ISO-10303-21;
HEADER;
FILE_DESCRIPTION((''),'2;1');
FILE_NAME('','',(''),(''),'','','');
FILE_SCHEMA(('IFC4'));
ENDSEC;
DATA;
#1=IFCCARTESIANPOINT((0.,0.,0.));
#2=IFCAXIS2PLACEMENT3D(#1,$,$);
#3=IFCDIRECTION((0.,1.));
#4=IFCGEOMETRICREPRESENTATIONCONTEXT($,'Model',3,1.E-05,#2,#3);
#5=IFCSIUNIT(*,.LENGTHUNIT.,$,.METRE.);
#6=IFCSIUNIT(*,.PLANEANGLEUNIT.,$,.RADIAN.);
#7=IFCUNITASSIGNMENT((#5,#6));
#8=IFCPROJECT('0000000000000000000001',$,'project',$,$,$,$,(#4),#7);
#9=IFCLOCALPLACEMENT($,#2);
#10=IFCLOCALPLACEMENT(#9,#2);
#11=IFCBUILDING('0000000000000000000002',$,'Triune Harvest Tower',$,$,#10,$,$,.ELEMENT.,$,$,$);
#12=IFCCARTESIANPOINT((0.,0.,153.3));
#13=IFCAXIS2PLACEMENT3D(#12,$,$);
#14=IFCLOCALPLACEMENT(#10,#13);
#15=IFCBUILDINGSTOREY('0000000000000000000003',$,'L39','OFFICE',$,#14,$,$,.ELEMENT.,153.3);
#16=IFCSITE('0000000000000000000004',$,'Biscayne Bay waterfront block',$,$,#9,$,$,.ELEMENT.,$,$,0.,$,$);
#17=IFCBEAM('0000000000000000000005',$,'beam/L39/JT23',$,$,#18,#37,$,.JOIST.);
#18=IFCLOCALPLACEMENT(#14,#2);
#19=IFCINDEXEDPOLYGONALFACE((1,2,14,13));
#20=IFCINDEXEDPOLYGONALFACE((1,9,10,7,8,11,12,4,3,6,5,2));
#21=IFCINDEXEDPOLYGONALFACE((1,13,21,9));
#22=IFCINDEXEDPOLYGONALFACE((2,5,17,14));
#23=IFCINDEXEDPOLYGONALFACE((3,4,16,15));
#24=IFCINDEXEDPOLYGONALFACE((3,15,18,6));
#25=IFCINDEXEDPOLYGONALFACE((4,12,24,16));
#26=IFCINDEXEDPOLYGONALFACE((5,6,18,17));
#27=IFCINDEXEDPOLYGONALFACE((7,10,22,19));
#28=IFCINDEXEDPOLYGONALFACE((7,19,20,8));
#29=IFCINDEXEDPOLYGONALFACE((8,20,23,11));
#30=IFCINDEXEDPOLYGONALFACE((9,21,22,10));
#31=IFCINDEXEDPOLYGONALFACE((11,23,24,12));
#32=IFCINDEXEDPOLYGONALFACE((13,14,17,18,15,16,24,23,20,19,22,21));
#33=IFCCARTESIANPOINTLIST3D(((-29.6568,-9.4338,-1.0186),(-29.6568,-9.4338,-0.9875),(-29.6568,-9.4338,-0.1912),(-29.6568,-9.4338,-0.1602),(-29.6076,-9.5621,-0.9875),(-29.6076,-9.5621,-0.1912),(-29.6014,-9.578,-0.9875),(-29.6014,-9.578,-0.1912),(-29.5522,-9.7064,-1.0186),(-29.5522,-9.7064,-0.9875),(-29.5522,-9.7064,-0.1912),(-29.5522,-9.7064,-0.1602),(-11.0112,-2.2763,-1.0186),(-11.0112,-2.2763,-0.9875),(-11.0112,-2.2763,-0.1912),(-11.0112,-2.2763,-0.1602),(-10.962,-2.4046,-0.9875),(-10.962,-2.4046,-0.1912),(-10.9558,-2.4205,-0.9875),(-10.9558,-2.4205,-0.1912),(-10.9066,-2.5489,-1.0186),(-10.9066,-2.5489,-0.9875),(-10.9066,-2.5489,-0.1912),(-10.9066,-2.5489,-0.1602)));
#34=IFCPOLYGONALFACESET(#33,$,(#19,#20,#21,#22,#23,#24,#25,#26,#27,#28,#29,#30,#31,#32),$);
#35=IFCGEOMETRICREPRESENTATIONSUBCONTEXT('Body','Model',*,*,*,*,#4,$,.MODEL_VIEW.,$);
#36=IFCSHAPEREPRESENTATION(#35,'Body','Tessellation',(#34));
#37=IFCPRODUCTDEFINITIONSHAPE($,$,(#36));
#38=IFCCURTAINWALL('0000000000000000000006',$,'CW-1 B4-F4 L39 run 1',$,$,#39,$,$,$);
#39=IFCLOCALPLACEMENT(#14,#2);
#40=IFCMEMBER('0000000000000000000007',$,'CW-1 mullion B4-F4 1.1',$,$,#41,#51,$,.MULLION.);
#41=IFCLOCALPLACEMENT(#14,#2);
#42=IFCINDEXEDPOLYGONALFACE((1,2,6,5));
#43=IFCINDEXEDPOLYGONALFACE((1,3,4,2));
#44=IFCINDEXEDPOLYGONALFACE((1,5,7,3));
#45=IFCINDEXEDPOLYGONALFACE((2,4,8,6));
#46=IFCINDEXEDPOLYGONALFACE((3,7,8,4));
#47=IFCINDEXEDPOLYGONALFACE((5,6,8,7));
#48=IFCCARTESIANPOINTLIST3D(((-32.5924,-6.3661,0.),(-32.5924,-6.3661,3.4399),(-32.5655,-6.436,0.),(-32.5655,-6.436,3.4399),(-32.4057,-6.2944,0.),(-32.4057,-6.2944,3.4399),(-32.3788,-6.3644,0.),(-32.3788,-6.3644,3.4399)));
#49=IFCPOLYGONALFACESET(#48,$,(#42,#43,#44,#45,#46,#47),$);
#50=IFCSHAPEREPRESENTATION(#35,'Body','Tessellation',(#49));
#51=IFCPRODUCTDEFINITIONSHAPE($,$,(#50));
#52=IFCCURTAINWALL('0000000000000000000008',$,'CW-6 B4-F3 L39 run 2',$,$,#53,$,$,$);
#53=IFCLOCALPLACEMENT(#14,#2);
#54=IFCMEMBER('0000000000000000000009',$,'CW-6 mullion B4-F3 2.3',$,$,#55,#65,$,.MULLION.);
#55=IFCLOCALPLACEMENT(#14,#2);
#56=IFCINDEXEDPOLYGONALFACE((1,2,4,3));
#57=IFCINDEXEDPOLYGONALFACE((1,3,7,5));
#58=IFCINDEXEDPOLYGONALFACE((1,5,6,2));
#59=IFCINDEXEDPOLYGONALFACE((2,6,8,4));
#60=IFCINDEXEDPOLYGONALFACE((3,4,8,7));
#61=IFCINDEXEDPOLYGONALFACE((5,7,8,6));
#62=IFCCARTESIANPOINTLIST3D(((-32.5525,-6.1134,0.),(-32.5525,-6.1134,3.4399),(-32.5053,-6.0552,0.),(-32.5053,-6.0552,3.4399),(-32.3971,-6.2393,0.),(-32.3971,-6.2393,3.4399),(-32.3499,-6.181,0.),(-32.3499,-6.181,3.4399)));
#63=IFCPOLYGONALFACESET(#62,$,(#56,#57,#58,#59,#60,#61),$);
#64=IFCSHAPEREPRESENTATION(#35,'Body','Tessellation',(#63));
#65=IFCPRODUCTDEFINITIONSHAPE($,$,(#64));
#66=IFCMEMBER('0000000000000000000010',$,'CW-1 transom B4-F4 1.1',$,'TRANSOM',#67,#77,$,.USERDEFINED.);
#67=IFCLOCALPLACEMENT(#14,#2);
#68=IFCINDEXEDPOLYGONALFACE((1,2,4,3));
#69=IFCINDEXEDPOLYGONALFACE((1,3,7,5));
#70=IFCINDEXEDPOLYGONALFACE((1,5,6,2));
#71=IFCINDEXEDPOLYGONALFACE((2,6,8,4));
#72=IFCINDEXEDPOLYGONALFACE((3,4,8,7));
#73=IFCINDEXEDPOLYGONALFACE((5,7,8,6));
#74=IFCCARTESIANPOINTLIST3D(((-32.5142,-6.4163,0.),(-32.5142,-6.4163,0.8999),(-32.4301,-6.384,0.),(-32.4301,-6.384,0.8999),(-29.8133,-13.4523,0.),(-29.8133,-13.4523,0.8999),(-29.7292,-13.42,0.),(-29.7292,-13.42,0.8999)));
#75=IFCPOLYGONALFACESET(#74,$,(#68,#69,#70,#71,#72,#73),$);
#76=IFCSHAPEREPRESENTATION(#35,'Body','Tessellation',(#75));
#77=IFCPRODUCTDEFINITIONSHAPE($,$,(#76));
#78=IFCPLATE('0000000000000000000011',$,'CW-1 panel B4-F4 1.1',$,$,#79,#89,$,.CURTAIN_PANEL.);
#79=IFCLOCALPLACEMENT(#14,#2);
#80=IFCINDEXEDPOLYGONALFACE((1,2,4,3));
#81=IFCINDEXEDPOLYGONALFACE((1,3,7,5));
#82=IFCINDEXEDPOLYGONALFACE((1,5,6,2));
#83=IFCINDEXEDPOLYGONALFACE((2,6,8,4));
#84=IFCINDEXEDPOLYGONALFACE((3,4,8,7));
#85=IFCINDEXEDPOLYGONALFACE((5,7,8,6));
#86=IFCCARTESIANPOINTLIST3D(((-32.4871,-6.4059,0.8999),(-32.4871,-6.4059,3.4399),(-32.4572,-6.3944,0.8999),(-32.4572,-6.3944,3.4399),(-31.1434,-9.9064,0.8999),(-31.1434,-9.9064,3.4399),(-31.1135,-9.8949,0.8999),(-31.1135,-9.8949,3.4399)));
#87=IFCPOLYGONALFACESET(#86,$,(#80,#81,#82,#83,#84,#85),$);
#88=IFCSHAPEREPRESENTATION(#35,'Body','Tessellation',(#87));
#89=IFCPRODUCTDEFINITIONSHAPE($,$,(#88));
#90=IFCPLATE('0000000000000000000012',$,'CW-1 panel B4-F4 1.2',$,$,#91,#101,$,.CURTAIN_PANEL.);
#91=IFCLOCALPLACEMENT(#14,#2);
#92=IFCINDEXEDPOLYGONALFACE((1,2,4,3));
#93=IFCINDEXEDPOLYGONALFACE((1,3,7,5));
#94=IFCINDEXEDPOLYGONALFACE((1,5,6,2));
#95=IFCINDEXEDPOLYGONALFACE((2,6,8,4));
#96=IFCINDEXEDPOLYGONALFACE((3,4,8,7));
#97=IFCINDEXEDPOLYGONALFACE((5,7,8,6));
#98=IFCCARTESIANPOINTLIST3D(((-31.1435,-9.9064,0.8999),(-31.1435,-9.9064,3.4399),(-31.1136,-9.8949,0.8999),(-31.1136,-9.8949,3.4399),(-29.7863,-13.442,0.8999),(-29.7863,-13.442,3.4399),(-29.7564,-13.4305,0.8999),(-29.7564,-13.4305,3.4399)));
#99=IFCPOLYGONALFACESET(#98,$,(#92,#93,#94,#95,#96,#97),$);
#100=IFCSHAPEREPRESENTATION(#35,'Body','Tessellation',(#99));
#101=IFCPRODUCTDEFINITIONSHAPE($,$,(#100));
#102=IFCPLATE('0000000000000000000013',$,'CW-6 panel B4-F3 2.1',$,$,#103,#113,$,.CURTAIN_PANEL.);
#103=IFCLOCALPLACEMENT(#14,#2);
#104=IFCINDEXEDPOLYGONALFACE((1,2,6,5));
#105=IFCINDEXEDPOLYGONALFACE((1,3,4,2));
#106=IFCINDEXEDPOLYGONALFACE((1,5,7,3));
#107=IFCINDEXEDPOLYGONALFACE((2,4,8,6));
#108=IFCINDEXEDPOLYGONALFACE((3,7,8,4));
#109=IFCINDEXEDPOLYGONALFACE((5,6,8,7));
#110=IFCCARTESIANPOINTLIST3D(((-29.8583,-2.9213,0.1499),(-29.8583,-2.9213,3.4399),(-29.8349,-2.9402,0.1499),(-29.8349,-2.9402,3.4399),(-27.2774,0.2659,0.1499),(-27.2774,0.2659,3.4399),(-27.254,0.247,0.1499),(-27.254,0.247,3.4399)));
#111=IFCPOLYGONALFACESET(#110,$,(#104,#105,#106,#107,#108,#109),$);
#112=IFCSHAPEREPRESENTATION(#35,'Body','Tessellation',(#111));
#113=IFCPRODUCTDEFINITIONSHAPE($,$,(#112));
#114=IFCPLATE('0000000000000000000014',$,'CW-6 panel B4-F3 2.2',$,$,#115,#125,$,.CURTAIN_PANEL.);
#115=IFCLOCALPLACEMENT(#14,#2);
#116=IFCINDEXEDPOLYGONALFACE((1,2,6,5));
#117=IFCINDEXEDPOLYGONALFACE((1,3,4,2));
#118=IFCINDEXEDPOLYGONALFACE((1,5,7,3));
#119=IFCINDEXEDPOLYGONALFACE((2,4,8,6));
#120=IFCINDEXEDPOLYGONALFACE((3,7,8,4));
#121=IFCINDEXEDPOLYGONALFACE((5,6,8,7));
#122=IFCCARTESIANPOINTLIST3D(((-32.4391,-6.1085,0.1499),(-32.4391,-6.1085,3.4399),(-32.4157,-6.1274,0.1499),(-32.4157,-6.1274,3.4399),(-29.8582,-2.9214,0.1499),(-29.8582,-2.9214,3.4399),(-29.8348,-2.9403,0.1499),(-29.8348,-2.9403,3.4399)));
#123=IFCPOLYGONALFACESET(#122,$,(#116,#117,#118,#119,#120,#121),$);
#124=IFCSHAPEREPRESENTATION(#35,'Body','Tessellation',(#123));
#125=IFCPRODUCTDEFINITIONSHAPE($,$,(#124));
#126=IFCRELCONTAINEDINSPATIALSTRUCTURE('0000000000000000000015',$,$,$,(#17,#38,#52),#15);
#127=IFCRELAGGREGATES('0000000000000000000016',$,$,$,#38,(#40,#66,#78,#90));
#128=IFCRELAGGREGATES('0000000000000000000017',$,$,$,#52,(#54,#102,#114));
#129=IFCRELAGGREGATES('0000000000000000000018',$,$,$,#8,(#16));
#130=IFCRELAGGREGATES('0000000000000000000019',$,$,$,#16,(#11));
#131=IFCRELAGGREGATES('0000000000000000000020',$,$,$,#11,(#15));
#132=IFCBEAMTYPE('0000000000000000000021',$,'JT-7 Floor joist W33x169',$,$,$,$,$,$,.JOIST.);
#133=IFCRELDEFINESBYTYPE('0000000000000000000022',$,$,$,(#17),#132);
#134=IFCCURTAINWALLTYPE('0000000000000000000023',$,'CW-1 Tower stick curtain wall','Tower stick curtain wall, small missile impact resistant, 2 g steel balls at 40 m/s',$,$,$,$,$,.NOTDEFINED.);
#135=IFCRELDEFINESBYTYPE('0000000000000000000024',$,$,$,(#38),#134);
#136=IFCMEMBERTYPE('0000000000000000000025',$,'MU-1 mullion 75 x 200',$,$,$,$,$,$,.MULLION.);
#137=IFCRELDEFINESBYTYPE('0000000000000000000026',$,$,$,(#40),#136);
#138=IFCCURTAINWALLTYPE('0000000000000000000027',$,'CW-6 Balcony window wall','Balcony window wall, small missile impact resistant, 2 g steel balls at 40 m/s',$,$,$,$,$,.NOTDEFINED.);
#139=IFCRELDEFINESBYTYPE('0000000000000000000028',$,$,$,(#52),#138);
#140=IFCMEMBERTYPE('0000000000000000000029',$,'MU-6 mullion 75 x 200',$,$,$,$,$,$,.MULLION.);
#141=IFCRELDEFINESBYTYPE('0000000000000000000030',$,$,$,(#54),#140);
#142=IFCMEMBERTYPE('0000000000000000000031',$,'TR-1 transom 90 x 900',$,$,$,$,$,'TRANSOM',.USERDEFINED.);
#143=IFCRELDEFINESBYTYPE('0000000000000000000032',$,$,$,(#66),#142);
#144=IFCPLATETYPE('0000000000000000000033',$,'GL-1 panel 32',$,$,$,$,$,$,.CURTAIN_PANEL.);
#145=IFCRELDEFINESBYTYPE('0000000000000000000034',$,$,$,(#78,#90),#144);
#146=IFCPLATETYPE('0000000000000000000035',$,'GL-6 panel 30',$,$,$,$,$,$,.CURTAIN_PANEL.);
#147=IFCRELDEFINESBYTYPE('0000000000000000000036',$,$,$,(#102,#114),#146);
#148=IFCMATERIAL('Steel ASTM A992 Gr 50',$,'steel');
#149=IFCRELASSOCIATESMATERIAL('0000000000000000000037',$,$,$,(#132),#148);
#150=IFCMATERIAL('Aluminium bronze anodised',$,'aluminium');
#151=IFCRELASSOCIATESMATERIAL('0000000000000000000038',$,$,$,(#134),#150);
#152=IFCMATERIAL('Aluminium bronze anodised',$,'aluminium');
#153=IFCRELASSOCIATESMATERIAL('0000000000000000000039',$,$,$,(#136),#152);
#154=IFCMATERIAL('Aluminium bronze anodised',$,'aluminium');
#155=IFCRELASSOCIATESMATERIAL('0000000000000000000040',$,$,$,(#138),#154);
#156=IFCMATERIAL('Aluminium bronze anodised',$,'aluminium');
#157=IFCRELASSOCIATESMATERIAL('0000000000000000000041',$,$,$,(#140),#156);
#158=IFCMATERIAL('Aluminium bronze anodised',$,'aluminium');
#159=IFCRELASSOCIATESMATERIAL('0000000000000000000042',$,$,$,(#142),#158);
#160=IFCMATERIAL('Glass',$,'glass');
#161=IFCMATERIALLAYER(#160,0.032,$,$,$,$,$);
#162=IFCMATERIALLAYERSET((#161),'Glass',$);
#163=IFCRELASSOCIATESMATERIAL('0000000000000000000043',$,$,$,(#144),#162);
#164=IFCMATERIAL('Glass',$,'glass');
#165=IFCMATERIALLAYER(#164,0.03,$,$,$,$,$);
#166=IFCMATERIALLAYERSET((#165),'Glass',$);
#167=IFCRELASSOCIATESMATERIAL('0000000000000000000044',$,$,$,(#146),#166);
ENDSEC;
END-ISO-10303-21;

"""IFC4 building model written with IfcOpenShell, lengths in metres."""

from ifc_helpers import new_model, si_unit, direction, frame, origin, origin_2d, place, context, subcontext, project, spatial, rectangle, i_section, extrude, source, transform, mapped, material, layer, layer_set, material_profile, profile_set, type_object, element, aggregate, save


model = new_model("IFC4")

# Units and contexts
model_context = context("Model", 3, precision=1e-05, world=origin(), true_north=direction((0.0, 1.0)))
body_context = subcontext(model_context, "Body", "Model", "MODEL_VIEW")
ifc_project = project(units=[si_unit("LENGTHUNIT", "METRE"), si_unit("PLANEANGLEUNIT", "RADIAN")], contexts=[model_context])

# Site, building, storey
site_placement = place(None, origin())
site = spatial("IfcSite", under=ifc_project, at=site_placement, Name="Biscayne Bay waterfront block", CompositionType="ELEMENT", RefElevation=0.0)
building_placement = place(site_placement, origin())
building = spatial("IfcBuilding", under=site, at=building_placement, Name="Triune Harvest Tower", CompositionType="ELEMENT")
storey_placement = place(building_placement, frame((0.0, 0.0, 153.3)))
storey = spatial("IfcBuildingStorey", under=building, at=storey_placement, Name="L39", Description="OFFICE", CompositionType="ELEMENT", Elevation=153.3)

# Beam
ifc_material_1 = material(Name="Steel ASTM A992 Gr 50", Category="steel")
ifc_material_profile_1 = material_profile(ifc_material_1, i_section(OverallWidth=0.292, OverallDepth=0.8584, WebThickness=0.0171, FlangeThickness=0.031, at=origin_2d()), Name="W33x169")
ifc_profile_set_1 = profile_set([ifc_material_profile_1], Name="Steel ASTM A992 Gr 50")
beam_type_1 = type_object("IfcBeamType", Name="JT-7 Floor joist W33x169", PredefinedType="JOIST", material=ifc_profile_set_1)
shared_shape_1 = source(origin(), body_context, "Body", "SweptSolid", [
    extrude(i_section(OverallWidth=0.292, OverallDepth=0.8584, WebThickness=0.0171, FlangeThickness=0.031, at=origin_2d()), origin(), (0.0, 0.0, 1.0), 19.9722),
])
beam_1_placement = place(storey_placement, frame((-29.6045, -9.5701, -0.5894), z_axis=(0.933578, 0.358374, 0.0), x_axis=(-0.358374, 0.933578, 0.0)))
element("IfcBeam", 1, at=beam_1_placement, inside=storey, type_object=beam_type_1, Name="beam/L39/JT23", PredefinedType="JOIST", context=body_context, shape_type="MappedRepresentation", body=[
    mapped(shared_shape_1, transform((0.0, 0.0, 0.0), scale=1.0)),
])

# Curtain walls, members
ifc_material_2 = material(Name="Aluminium bronze anodised", Category="aluminium")
curtain_wall_type_1 = type_object("IfcCurtainWallType", Name="CW-1 Tower stick curtain wall", Description="Tower stick curtain wall, small missile impact resistant, 2 g steel balls at 40 m/s", PredefinedType="NOTDEFINED", material=ifc_material_2)
curtain_wall_1_placement = place(storey_placement, origin())
curtain_wall_1 = element("IfcCurtainWall", 2, at=curtain_wall_1_placement, inside=storey, type_object=curtain_wall_type_1, Name="CW-1 B4-F4 L39 run 1")
ifc_material_3 = material(Name="Aluminium bronze anodised", Category="aluminium")
ifc_material_profile_2 = material_profile(ifc_material_3, rectangle(XDim=0.2, YDim=0.075, at=origin_2d()), Name="MU-1 mullion 75 x 200")
ifc_profile_set_2 = profile_set([ifc_material_profile_2], Name="Aluminium bronze anodised")
member_type_1 = type_object("IfcMemberType", Name="MU-1 mullion 75 x 200", PredefinedType="MULLION", material=ifc_profile_set_2)
shared_shape_2 = source(origin(), body_context, "Body", "SweptSolid", [
    extrude(rectangle(XDim=0.2, YDim=0.075, at=origin_2d()), origin(), (0.0, 0.0, 1.0), 3.4399),
])
member_1_placement = place(storey_placement, frame((-32.4856, -6.3652, 0.0), z_axis=(0.0, 0.0, 1.0), x_axis=(0.93358, 0.358369, 0.0)))
member_1 = element("IfcMember", 3, at=member_1_placement, type_object=member_type_1, Name="CW-1 mullion B4-F4 1.1", PredefinedType="MULLION", context=body_context, shape_type="MappedRepresentation", body=[
    mapped(shared_shape_2, transform((0.0, 0.0, 0.0), scale=1.0)),
])
ifc_material_4 = material(Name="Aluminium bronze anodised", Category="aluminium")
curtain_wall_type_2 = type_object("IfcCurtainWallType", Name="CW-6 Balcony window wall", Description="Balcony window wall, small missile impact resistant, 2 g steel balls at 40 m/s", PredefinedType="NOTDEFINED", material=ifc_material_4)
curtain_wall_2_placement = place(storey_placement, origin())
curtain_wall_2 = element("IfcCurtainWall", 4, at=curtain_wall_2_placement, inside=storey, type_object=curtain_wall_type_2, Name="CW-6 B4-F3 L39 run 2")
ifc_material_5 = material(Name="Aluminium bronze anodised", Category="aluminium")
ifc_material_profile_3 = material_profile(ifc_material_5, rectangle(XDim=0.2, YDim=0.075, at=origin_2d()), Name="MU-6 mullion 75 x 200")
ifc_profile_set_3 = profile_set([ifc_material_profile_3], Name="Aluminium bronze anodised")
member_type_2 = type_object("IfcMemberType", Name="MU-6 mullion 75 x 200", PredefinedType="MULLION", material=ifc_profile_set_3)
shared_shape_3 = source(origin(), body_context, "Body", "SweptSolid", [
    extrude(rectangle(XDim=0.2, YDim=0.075, at=origin_2d()), origin(), (0.0, 0.0, 1.0), 3.4399),
])
member_2_placement = place(storey_placement, frame((-32.4512, -6.1472, 0.0), z_axis=(0.0, 0.0, 1.0), x_axis=(0.777145, -0.629321, 0.0)))
member_2 = element("IfcMember", 5, at=member_2_placement, type_object=member_type_2, Name="CW-6 mullion B4-F3 2.3", PredefinedType="MULLION", context=body_context, shape_type="MappedRepresentation", body=[
    mapped(shared_shape_3, transform((0.0, 0.0, 0.0), scale=1.0)),
])

# Member
ifc_material_6 = material(Name="Aluminium bronze anodised", Category="aluminium")
ifc_material_profile_4 = material_profile(ifc_material_6, rectangle(XDim=0.0901, YDim=0.8999, at=origin_2d()), Name="TR-1 transom 90 x 900")
ifc_profile_set_4 = profile_set([ifc_material_profile_4], Name="Aluminium bronze anodised")
member_type_3 = type_object("IfcMemberType", Name="TR-1 transom 90 x 900", ElementType="TRANSOM", PredefinedType="USERDEFINED", material=ifc_profile_set_4)
shared_shape_4 = source(origin(), body_context, "Body", "SweptSolid", [
    extrude(rectangle(XDim=0.0901, YDim=0.8999, at=origin_2d()), origin(), (0.0, 0.0, 1.0), 7.5366),
])
member_3_placement = place(storey_placement, frame((-32.4722, -6.4001, 0.45), z_axis=(0.358369, -0.93358, 0.0), x_axis=(0.93358, 0.358369, 0.0)))
member_3 = element("IfcMember", 6, at=member_3_placement, type_object=member_type_3, Name="CW-1 transom B4-F4 1.1", ObjectType="TRANSOM", PredefinedType="USERDEFINED", context=body_context, shape_type="MappedRepresentation", body=[
    mapped(shared_shape_4, transform((0.0, 0.0, 0.0), scale=1.0)),
])

# Plates
ifc_material_7 = material(Name="Glass", Category="glass")
ifc_layer_1 = layer(ifc_material_7, 0.032)
ifc_layer_set_1 = layer_set([ifc_layer_1], Name="Glass")
plate_type_1 = type_object("IfcPlateType", Name="GL-1 panel 32", PredefinedType="CURTAIN_PANEL", material=ifc_layer_set_1)
shared_shape_5 = source(origin(), body_context, "Body", "SweptSolid", [
    extrude(rectangle(XDim=3.7495, YDim=0.032, at=origin_2d()), origin(), (0.0, 0.0, 1.0), 2.54),
])
plate_1_placement = place(storey_placement, frame((-31.8003, -8.1504, 0.8999), z_axis=(0.0, 0.0, 1.0), x_axis=(0.358369, -0.93358, 0.0)))
plate_1 = element("IfcPlate", 7, at=plate_1_placement, type_object=plate_type_1, Name="CW-1 panel B4-F4 1.1", PredefinedType="CURTAIN_PANEL", context=body_context, shape_type="MappedRepresentation", body=[
    mapped(shared_shape_5, transform((0.0, 0.0, 0.0), scale=1.0)),
])
shared_shape_6 = source(origin(), body_context, "Body", "SweptSolid", [
    extrude(rectangle(XDim=3.7871, YDim=0.032, at=origin_2d()), origin(), (0.0, 0.0, 1.0), 2.54),
])
plate_2_placement = place(storey_placement, frame((-30.45, -11.6685, 0.8999), z_axis=(0.0, 0.0, 1.0), x_axis=(0.358369, -0.93358, 0.0)))
plate_2 = element("IfcPlate", 8, at=plate_2_placement, type_object=plate_type_1, Name="CW-1 panel B4-F4 1.2", PredefinedType="CURTAIN_PANEL", context=body_context, shape_type="MappedRepresentation", body=[
    mapped(shared_shape_6, transform((0.0, 0.0, 0.0), scale=1.0)),
])
aggregate(curtain_wall_1, [member_1, member_3, plate_1, plate_2])
ifc_material_8 = material(Name="Glass", Category="glass")
ifc_layer_2 = layer(ifc_material_8, 0.03)
ifc_layer_set_2 = layer_set([ifc_layer_2], Name="Glass")
plate_type_2 = type_object("IfcPlateType", Name="GL-6 panel 30", PredefinedType="CURTAIN_PANEL", material=ifc_layer_set_2)
shared_shape_7 = source(origin(), body_context, "Body", "SweptSolid", [
    extrude(rectangle(XDim=4.1011, YDim=0.03, at=origin_2d()), origin(), (0.0, 0.0, 1.0), 3.29),
])
plate_3_placement = place(storey_placement, frame((-28.5562, -1.3372, 0.1499), z_axis=(0.0, 0.0, 1.0), x_axis=(-0.629321, -0.777145, 0.0)))
plate_3 = element("IfcPlate", 9, at=plate_3_placement, type_object=plate_type_2, Name="CW-6 panel B4-F3 2.1", PredefinedType="CURTAIN_PANEL", context=body_context, shape_type="MappedRepresentation", body=[
    mapped(shared_shape_7, transform((0.0, 0.0, 0.0), scale=1.0)),
])
plate_4_placement = place(storey_placement, frame((-31.137, -4.5244, 0.1499), z_axis=(0.0, 0.0, 1.0), x_axis=(-0.629321, -0.777145, 0.0)))
plate_4 = element("IfcPlate", 10, at=plate_4_placement, type_object=plate_type_2, Name="CW-6 panel B4-F3 2.2", PredefinedType="CURTAIN_PANEL", context=body_context, shape_type="MappedRepresentation", body=[
    mapped(shared_shape_7, transform((0.0, 0.0, 0.0), scale=1.0)),
])
aggregate(curtain_wall_2, [member_2, plate_3, plate_4])

save(model, "model.ifc")
